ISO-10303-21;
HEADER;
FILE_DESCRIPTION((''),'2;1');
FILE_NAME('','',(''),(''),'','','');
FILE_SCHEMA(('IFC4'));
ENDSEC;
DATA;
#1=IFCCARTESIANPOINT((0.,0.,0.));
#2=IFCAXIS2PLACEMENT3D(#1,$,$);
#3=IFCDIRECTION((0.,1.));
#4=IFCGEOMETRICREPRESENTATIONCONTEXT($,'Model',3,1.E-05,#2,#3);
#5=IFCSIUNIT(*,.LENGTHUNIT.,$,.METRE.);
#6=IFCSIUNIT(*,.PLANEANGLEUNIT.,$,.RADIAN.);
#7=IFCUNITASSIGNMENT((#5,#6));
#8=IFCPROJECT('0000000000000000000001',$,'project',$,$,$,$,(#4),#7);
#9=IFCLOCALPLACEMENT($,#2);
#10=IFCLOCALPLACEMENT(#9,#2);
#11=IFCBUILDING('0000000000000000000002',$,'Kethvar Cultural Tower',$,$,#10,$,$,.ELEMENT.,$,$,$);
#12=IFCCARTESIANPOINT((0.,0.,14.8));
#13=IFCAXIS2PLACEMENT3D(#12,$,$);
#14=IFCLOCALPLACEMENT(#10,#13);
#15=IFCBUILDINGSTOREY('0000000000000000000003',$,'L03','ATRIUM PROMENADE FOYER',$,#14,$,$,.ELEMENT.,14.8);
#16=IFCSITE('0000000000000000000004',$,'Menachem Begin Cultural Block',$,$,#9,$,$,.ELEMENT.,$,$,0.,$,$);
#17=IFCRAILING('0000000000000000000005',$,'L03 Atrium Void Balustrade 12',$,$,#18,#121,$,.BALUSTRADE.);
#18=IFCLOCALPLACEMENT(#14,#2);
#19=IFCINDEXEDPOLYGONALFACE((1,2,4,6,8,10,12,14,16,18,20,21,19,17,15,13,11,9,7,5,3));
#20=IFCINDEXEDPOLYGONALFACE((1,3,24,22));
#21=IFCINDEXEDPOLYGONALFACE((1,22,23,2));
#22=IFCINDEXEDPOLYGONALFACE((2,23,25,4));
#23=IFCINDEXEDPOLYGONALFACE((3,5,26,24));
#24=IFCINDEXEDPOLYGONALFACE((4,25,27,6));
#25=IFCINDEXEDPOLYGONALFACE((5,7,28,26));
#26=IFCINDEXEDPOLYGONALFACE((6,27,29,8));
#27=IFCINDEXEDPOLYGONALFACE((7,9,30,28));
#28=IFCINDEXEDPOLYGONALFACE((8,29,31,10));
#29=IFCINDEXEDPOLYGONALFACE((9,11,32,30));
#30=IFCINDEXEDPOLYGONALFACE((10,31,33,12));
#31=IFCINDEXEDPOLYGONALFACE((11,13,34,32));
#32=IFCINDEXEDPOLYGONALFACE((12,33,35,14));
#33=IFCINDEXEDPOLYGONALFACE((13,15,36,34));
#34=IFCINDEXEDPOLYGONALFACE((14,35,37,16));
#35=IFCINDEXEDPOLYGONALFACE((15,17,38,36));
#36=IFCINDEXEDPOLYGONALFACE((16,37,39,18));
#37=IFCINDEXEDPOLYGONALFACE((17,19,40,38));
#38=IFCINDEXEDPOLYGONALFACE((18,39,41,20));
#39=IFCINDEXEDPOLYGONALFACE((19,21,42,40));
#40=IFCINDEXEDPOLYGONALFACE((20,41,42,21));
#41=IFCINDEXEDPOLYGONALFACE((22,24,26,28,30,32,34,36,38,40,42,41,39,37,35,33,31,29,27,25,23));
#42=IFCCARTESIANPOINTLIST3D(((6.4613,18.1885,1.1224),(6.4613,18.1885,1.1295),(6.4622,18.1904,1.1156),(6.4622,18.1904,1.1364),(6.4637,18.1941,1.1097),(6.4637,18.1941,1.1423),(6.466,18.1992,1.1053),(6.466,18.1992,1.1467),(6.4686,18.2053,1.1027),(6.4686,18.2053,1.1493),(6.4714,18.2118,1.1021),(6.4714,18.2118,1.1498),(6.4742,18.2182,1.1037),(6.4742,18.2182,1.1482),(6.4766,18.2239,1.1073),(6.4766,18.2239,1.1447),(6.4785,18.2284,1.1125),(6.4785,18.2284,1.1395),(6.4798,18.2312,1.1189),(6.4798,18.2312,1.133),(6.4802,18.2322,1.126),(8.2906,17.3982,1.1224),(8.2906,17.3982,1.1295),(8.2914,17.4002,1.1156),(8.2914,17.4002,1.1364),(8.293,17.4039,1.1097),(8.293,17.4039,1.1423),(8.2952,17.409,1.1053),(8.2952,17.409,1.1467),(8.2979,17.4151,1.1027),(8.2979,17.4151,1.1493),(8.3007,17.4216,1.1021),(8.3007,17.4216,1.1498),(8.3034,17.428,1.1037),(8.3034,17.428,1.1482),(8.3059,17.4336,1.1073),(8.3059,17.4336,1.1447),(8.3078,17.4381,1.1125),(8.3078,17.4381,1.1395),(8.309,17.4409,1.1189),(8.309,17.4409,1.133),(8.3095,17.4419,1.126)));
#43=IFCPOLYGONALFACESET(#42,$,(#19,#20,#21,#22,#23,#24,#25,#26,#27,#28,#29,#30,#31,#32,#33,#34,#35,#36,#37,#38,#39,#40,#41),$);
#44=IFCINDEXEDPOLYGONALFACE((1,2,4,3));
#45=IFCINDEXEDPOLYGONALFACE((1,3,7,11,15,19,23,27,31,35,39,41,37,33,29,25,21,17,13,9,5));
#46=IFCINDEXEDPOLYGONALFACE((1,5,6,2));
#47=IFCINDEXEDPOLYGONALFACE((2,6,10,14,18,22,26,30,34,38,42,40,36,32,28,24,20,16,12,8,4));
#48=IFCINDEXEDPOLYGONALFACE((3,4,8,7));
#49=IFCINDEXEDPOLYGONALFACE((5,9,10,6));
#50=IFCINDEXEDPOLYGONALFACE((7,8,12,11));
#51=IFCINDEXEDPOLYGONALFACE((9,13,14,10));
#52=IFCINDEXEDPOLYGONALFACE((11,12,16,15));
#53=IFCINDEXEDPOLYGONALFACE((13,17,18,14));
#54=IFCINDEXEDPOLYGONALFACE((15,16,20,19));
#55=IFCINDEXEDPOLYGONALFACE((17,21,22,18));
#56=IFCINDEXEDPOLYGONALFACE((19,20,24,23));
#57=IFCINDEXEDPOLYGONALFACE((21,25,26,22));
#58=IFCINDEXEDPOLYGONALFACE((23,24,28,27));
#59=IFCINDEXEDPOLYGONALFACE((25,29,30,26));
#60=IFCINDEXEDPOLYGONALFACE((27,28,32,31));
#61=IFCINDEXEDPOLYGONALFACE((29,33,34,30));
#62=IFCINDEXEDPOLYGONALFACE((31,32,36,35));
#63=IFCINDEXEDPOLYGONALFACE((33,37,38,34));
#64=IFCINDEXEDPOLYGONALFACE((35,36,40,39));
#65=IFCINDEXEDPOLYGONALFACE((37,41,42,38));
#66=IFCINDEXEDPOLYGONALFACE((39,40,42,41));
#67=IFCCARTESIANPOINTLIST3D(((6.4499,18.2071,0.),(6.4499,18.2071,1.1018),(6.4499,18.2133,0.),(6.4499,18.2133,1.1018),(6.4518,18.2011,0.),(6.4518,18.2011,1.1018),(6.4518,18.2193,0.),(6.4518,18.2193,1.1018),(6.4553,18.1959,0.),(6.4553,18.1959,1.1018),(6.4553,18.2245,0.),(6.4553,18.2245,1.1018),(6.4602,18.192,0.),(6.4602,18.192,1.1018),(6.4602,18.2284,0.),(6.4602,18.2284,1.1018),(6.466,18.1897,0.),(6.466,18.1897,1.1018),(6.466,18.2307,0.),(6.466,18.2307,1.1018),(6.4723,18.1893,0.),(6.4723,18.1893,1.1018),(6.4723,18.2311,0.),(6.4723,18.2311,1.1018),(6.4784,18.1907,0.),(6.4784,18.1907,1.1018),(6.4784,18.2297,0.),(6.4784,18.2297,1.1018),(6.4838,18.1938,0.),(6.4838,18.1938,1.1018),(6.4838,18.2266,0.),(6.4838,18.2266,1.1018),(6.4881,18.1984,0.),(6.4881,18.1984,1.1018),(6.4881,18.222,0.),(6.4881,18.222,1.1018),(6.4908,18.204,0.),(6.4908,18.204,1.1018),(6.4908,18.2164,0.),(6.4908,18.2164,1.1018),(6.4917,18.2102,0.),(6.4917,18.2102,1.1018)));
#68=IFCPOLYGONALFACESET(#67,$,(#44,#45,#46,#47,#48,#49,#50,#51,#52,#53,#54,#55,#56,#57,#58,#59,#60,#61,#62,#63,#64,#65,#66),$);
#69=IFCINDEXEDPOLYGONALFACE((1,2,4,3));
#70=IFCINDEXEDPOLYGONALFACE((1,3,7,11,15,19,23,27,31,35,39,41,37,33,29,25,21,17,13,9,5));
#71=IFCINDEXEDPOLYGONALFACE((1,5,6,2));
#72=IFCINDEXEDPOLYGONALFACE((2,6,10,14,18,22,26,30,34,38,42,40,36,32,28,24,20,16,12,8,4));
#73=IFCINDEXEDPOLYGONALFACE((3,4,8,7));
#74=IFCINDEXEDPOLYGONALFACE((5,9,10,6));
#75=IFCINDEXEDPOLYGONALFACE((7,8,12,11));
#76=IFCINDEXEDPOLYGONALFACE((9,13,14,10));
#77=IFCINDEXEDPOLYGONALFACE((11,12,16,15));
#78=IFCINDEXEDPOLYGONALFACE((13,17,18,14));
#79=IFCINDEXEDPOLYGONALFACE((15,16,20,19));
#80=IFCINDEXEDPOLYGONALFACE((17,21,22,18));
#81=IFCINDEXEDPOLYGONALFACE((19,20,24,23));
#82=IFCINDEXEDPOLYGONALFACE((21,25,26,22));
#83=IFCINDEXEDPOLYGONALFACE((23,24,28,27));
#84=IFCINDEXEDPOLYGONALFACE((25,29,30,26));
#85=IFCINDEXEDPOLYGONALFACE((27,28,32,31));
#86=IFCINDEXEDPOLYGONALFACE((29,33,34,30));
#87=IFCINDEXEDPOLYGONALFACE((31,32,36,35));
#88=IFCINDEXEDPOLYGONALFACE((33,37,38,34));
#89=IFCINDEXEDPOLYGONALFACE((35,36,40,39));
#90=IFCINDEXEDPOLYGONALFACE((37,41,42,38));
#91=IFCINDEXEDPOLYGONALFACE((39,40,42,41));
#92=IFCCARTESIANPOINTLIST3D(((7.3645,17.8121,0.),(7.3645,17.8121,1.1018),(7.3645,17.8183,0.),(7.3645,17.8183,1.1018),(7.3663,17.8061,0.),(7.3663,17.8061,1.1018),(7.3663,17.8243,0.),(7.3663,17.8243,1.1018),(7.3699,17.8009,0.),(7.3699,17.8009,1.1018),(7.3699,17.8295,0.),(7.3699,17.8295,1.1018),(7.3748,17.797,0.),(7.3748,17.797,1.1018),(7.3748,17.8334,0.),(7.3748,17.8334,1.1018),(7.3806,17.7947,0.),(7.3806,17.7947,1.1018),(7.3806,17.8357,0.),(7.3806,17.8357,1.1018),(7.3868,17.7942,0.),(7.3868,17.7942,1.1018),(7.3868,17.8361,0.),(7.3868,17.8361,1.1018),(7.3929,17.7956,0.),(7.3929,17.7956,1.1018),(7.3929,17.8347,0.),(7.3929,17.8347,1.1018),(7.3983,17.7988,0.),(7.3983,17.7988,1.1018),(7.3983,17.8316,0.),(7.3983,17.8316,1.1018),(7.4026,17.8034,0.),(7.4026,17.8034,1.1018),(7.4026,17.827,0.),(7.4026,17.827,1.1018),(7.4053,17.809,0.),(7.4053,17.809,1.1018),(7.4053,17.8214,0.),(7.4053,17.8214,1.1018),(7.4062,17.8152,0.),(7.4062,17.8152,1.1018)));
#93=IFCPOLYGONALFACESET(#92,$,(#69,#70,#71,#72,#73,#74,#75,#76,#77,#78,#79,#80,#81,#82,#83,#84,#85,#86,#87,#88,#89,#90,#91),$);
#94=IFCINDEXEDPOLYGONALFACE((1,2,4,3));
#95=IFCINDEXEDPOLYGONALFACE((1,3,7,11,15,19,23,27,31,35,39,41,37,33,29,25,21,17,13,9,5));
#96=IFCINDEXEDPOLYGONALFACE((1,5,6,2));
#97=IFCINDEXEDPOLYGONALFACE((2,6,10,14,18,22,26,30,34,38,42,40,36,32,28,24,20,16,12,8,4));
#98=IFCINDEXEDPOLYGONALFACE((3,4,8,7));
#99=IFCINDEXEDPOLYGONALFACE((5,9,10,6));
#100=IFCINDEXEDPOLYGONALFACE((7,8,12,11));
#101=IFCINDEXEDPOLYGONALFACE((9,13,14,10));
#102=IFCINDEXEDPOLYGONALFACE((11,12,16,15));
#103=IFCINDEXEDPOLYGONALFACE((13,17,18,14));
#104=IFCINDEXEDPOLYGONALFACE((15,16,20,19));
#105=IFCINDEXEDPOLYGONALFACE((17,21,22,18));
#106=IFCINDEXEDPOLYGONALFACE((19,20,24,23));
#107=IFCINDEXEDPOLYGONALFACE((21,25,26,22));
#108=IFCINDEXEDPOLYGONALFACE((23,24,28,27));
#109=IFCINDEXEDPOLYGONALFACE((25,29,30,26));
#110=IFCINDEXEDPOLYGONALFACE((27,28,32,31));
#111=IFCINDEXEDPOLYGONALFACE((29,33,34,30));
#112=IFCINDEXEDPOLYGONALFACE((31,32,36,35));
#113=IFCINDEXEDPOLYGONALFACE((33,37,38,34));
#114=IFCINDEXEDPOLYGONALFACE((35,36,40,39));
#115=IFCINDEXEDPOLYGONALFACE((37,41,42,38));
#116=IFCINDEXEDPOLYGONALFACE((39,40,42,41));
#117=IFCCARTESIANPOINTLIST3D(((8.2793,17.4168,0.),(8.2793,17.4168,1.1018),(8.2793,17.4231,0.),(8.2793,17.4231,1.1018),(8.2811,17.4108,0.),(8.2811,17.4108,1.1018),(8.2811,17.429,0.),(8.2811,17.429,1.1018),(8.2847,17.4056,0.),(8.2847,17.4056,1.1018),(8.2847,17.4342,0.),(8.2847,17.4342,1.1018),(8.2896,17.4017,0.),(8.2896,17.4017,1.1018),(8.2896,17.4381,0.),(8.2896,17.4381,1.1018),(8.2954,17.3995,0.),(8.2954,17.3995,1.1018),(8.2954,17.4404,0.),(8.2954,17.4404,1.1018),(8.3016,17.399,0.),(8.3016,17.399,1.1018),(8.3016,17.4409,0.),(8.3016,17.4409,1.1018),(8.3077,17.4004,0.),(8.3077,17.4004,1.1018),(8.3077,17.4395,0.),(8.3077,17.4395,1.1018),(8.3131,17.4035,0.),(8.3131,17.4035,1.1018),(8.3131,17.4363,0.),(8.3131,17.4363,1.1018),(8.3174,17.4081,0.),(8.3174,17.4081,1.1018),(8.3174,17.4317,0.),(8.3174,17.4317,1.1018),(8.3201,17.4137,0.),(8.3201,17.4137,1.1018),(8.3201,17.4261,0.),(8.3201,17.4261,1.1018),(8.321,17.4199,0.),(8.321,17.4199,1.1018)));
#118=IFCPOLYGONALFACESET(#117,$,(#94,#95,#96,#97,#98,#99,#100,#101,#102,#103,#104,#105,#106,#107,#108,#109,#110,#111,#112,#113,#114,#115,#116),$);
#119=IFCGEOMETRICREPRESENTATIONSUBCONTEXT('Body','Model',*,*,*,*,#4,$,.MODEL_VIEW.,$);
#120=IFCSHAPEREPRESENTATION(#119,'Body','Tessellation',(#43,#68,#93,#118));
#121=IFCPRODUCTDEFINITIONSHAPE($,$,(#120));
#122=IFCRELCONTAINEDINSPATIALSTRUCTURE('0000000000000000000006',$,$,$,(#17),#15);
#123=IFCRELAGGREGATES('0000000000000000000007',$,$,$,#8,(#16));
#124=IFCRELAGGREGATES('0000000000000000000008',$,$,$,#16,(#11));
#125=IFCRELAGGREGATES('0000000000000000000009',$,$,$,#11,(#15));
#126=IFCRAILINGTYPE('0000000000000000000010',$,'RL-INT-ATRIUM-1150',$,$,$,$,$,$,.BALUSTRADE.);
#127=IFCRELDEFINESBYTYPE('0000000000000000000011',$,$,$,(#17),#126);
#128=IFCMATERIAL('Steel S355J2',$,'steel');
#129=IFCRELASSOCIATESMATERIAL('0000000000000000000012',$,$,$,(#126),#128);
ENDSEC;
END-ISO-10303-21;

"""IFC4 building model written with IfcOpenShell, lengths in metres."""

from ifc_helpers import new_model, si_unit, direction, frame, origin, origin_2d, place, context, subcontext, project, spatial, circle, extrude, material, type_object, element, save


model = new_model("IFC4")

# Units and contexts
model_context = context("Model", 3, precision=1e-05, world=origin(), true_north=direction((0.0, 1.0)))
body_context = subcontext(model_context, "Body", "Model", "MODEL_VIEW")
ifc_project = project(units=[si_unit("LENGTHUNIT", "METRE"), si_unit("PLANEANGLEUNIT", "RADIAN")], contexts=[model_context])

# Site, building, storey
site_placement = place(None, origin())
site = spatial("IfcSite", under=ifc_project, at=site_placement, Name="Menachem Begin Cultural Block", CompositionType="ELEMENT", RefElevation=0.0)
building_placement = place(site_placement, origin())
building = spatial("IfcBuilding", under=site, at=building_placement, Name="Kethvar Cultural Tower", CompositionType="ELEMENT")
storey_placement = place(building_placement, frame((0.0, 0.0, 14.8)))
storey = spatial("IfcBuildingStorey", under=building, at=storey_placement, Name="L03", Description="ATRIUM PROMENADE FOYER", CompositionType="ELEMENT", Elevation=14.8)

# Shared definitions
ifc_material_1 = material(Name="Steel S355J2", Category="steel")

# Railing
railing_type_1 = type_object("IfcRailingType", Name="RL-INT-ATRIUM-1150", PredefinedType="BALUSTRADE", material=ifc_material_1)
railing_1_placement = place(storey_placement, frame((6.4707, 18.2102, 0.0)))
element("IfcRailing", 1, at=railing_1_placement, inside=storey, type_object=railing_type_1, Name="L03 Atrium Void Balustrade 12", PredefinedType="BALUSTRADE", context=body_context, shape_type="SweptSolid", body=[
    extrude(circle(Radius=0.0239, at=origin_2d()), frame((0.0, 0.0, 1.126), z_axis=(0.918001, -0.396579, 0.0), x_axis=(0.396579, 0.918001, 0.0)), (0.0, 0.0, 1.0), 1.9927),
    extrude(circle(Radius=0.021, at=origin_2d()), origin(), (0.0, 0.0, 1.0), 1.1018),
    extrude(circle(Radius=0.021, at=origin_2d()), frame((0.9146, -0.395, 0.0)), (0.0, 0.0, 1.0), 1.1018),
    extrude(circle(Radius=0.021, at=origin_2d()), frame((1.8293, -0.7903, 0.0)), (0.0, 0.0, 1.0), 1.1018),
])

save(model, "model.ifc")
